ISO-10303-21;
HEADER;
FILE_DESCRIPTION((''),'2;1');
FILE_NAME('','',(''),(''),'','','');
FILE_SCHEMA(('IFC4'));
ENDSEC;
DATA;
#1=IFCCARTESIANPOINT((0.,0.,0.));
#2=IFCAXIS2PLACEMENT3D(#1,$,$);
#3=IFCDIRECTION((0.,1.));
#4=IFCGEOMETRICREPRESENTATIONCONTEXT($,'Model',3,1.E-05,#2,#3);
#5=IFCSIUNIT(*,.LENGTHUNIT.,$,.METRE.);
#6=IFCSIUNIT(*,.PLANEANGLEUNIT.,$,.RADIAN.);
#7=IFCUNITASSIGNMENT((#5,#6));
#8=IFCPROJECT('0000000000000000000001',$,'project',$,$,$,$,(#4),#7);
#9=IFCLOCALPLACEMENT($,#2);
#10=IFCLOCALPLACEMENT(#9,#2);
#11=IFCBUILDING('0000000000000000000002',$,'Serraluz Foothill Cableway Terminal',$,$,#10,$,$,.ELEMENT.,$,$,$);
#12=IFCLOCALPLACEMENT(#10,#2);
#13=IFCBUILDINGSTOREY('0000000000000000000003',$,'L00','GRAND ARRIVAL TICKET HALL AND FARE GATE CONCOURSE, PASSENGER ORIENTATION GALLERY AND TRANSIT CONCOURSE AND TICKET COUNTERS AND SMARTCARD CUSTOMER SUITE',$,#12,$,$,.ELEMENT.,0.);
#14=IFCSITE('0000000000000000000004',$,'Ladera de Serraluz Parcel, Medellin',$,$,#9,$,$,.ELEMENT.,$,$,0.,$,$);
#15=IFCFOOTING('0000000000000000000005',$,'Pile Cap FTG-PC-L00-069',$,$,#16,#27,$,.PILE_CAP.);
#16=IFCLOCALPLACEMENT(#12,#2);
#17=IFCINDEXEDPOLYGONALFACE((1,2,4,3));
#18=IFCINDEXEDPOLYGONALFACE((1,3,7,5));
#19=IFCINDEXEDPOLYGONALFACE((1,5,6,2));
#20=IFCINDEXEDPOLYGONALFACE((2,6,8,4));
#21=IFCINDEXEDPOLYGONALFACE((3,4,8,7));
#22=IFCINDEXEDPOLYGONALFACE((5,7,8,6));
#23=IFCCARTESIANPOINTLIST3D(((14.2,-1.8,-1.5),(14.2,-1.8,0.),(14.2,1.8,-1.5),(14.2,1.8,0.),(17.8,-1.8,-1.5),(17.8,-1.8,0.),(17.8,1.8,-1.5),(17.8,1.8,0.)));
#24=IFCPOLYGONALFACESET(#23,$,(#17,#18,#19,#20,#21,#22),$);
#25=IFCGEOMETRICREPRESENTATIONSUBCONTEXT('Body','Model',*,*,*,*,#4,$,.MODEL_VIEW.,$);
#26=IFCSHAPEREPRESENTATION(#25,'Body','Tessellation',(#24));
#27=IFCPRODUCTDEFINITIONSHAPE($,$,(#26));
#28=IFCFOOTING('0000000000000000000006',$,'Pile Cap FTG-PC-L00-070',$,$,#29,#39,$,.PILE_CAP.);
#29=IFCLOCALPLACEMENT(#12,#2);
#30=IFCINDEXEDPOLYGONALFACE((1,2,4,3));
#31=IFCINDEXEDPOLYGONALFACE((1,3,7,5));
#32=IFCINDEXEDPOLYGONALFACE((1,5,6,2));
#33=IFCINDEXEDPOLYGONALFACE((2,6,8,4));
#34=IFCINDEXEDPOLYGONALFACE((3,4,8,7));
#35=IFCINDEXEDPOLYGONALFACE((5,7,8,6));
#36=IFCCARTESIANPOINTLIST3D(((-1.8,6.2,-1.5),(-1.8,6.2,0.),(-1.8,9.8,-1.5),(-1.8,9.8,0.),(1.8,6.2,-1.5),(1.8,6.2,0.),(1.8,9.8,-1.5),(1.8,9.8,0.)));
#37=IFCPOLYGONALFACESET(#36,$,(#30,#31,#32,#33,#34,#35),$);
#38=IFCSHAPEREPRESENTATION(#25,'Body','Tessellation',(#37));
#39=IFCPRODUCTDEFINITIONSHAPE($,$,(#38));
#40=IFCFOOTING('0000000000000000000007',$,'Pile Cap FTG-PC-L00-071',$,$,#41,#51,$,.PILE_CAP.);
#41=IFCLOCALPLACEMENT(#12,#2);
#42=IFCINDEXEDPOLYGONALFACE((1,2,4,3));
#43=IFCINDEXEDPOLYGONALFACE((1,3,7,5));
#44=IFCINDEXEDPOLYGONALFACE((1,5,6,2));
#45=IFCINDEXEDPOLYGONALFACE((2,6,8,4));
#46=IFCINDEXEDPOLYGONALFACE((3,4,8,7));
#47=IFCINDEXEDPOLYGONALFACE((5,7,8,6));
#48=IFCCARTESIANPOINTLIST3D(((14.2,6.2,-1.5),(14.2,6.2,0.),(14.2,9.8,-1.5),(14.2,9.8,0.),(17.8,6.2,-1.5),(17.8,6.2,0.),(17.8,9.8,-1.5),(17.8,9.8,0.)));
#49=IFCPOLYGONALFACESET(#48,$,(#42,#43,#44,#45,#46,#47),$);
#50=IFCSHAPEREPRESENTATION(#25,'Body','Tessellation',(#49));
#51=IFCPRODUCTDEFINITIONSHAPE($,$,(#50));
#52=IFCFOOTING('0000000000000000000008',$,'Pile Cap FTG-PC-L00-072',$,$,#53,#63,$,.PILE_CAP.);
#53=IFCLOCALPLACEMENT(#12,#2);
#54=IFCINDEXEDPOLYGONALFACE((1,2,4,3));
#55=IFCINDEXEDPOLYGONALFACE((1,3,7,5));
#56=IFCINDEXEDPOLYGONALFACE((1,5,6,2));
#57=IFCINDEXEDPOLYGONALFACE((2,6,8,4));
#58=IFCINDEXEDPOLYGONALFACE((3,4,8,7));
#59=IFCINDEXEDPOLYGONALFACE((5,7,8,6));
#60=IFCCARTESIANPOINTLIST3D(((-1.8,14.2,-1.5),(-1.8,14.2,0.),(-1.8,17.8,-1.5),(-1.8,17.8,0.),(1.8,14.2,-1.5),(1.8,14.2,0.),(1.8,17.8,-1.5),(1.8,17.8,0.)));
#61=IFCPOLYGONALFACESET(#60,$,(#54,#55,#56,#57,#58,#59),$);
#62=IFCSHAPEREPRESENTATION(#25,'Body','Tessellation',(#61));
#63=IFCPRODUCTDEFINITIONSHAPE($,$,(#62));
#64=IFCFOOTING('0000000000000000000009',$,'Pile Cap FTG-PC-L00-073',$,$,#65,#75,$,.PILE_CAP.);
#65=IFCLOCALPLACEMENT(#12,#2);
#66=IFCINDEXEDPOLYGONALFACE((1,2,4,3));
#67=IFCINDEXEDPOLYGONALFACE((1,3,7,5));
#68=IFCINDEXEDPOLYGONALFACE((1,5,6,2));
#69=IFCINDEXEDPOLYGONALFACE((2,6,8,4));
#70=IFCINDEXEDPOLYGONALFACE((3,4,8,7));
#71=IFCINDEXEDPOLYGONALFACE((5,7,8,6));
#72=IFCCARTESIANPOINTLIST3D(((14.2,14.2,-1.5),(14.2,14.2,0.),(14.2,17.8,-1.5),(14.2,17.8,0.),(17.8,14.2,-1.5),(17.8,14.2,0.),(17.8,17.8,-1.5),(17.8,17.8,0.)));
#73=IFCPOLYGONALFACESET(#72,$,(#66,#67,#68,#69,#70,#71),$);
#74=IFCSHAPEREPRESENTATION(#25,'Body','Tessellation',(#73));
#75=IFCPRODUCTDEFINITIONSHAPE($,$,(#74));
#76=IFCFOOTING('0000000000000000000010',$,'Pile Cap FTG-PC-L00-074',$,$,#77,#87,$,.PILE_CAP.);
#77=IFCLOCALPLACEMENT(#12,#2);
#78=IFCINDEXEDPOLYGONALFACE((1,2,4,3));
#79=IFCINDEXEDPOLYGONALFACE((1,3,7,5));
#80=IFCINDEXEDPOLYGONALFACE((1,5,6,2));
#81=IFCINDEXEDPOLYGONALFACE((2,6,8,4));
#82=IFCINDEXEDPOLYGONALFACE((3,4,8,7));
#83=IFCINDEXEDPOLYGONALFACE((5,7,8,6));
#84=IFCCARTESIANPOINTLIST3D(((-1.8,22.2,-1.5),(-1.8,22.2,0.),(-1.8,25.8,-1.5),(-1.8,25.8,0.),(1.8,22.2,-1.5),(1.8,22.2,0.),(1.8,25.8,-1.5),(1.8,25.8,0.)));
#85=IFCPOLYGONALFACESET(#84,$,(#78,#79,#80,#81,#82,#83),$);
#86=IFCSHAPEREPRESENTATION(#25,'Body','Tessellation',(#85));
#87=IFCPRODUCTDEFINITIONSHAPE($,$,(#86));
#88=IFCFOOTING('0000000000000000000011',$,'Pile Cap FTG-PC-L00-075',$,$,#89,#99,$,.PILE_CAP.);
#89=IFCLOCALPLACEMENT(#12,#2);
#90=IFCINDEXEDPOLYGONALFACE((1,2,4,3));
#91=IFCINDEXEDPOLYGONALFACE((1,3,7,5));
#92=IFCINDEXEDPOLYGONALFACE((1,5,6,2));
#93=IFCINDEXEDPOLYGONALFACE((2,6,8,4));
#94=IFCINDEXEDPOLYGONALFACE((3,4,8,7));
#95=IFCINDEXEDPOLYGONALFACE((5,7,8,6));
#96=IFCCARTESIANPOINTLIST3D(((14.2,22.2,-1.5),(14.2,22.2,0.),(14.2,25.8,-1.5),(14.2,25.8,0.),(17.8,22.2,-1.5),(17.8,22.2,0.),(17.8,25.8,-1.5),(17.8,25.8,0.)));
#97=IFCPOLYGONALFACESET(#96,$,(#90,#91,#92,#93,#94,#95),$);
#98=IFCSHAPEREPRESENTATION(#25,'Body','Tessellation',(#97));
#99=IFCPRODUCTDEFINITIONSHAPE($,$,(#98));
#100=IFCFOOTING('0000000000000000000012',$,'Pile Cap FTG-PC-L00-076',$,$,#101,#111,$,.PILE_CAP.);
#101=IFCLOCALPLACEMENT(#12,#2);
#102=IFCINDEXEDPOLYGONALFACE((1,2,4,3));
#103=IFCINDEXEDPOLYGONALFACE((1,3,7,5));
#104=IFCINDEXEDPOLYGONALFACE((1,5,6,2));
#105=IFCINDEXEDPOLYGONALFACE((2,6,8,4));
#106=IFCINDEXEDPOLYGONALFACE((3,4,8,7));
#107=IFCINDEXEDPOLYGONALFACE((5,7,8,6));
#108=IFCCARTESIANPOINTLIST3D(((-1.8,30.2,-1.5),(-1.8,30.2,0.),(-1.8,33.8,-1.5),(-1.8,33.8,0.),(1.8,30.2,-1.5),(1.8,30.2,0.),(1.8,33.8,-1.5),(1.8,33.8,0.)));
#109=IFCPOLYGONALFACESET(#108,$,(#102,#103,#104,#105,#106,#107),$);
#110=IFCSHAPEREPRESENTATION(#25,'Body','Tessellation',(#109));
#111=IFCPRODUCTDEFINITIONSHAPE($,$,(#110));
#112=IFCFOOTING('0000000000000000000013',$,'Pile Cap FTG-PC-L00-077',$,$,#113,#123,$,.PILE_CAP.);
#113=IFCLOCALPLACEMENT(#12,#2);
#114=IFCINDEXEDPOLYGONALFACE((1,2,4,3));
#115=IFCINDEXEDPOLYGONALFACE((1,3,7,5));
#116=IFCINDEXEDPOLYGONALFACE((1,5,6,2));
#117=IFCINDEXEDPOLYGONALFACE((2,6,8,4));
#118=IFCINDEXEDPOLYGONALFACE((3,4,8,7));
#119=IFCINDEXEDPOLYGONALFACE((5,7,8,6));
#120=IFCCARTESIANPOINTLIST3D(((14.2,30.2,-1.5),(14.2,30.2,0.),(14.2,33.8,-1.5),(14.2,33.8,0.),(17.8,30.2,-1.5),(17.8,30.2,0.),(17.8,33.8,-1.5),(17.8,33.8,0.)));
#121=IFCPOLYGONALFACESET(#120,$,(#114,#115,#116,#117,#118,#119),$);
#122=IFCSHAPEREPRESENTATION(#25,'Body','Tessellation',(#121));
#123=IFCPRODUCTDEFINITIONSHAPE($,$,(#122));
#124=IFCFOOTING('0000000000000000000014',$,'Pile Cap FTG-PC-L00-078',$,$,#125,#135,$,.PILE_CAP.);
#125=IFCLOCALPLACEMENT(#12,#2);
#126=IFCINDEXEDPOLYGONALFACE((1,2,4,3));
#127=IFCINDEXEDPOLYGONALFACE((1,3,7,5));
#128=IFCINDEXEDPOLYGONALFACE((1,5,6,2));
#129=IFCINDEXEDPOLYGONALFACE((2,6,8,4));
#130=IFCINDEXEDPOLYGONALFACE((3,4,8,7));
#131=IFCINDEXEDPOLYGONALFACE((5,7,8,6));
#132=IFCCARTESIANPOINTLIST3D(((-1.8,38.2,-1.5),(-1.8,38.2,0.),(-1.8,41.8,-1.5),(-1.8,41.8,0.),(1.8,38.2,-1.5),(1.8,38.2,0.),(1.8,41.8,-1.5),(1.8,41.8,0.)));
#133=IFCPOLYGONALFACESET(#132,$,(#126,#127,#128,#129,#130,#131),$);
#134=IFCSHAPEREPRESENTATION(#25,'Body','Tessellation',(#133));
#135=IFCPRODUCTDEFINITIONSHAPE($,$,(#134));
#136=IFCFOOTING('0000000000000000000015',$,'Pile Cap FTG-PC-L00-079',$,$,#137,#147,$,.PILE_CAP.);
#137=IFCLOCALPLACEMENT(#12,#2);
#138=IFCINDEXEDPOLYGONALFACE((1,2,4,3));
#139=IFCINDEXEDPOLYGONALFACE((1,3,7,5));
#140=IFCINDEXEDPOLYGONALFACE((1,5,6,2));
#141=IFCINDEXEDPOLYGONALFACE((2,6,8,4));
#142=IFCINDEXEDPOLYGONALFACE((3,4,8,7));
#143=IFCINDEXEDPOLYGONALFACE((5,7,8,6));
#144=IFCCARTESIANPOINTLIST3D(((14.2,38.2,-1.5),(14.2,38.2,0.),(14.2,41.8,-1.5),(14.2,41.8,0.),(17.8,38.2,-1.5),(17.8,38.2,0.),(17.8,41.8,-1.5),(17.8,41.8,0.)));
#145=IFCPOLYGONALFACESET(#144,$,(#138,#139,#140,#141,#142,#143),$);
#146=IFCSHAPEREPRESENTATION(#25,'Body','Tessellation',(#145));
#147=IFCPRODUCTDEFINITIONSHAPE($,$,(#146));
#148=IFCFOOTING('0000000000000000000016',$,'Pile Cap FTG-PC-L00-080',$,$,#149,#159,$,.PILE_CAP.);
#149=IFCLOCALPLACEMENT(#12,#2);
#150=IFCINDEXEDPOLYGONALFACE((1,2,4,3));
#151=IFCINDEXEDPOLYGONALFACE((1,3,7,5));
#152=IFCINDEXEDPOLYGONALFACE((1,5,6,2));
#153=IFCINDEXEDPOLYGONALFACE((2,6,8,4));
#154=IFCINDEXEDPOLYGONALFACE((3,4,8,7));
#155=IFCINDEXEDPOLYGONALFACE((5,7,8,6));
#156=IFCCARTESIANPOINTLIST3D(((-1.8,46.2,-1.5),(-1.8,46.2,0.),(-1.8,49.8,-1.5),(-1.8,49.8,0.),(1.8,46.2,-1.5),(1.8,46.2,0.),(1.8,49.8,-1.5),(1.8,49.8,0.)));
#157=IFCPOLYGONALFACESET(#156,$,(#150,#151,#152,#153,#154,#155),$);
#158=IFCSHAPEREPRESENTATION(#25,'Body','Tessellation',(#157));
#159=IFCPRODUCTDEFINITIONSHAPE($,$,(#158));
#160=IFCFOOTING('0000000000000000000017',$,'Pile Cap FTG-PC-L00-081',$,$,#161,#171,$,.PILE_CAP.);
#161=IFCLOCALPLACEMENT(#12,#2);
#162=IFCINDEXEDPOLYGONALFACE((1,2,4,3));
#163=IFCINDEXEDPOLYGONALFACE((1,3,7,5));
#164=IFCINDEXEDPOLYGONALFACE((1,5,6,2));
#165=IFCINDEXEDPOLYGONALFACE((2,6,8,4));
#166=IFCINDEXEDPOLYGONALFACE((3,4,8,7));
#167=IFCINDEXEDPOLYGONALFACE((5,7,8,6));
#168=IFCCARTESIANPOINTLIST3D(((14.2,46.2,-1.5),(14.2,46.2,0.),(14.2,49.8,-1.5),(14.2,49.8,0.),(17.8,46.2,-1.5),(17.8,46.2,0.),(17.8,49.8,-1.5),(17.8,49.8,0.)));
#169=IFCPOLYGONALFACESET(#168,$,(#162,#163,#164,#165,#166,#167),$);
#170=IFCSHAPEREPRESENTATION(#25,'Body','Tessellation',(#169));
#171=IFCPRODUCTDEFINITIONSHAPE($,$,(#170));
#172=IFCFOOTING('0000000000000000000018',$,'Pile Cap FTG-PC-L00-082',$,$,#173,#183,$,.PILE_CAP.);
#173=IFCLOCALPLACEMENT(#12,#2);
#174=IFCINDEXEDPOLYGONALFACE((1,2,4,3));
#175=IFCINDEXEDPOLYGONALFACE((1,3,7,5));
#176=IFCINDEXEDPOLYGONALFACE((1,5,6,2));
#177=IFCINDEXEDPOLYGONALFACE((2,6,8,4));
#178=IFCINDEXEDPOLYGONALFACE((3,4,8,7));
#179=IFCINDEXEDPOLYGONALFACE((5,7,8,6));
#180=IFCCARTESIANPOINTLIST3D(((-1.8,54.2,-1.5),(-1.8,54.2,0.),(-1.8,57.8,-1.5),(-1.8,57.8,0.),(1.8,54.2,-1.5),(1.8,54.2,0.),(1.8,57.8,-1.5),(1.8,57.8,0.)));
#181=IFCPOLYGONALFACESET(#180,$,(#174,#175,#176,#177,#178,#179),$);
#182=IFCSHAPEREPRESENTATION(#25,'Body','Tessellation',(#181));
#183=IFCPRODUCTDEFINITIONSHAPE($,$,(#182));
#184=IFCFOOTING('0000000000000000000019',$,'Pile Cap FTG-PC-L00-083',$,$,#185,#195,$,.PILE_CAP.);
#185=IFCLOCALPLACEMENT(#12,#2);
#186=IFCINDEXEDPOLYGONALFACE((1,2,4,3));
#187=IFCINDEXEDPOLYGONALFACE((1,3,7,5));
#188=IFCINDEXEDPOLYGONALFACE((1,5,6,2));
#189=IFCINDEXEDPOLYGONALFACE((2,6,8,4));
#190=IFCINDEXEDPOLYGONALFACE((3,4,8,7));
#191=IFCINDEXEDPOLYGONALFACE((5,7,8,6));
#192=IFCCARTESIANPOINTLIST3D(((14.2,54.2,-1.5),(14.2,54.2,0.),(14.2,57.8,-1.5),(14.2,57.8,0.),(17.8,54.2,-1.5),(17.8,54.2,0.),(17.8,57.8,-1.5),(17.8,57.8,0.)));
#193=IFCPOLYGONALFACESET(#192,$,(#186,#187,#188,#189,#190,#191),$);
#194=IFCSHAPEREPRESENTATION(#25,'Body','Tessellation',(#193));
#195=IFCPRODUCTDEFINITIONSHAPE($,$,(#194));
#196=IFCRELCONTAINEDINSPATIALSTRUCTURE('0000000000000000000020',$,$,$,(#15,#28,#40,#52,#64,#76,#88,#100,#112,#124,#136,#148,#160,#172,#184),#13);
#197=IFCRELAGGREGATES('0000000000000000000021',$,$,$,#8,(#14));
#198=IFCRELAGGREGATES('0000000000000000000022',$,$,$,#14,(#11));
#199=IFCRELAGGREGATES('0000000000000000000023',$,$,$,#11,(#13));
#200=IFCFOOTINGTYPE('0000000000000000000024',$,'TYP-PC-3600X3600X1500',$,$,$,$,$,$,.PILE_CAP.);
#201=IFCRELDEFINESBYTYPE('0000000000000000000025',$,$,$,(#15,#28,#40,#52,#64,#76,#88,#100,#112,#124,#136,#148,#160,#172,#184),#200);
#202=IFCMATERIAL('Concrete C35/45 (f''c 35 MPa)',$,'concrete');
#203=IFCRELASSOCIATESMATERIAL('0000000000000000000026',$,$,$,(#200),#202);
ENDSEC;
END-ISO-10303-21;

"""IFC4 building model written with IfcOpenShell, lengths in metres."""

from ifc_helpers import new_model, si_unit, direction, frame, origin, place, context, subcontext, project, spatial, polyline, outline, extrude, material, type_object, element, save


model = new_model("IFC4")

# Units and contexts
model_context = context("Model", 3, precision=1e-05, world=origin(), true_north=direction((0.0, 1.0)))
body_context = subcontext(model_context, "Body", "Model", "MODEL_VIEW")
ifc_project = project(units=[si_unit("LENGTHUNIT", "METRE"), si_unit("PLANEANGLEUNIT", "RADIAN")], contexts=[model_context])

# Site, building, storey
site_placement = place(None, origin())
site = spatial("IfcSite", under=ifc_project, at=site_placement, Name="Ladera de Serraluz Parcel, Medellin", CompositionType="ELEMENT", RefElevation=0.0)
building_placement = place(site_placement, origin())
building = spatial("IfcBuilding", under=site, at=building_placement, Name="Serraluz Foothill Cableway Terminal", CompositionType="ELEMENT")
storey_placement = place(building_placement, origin())
storey = spatial("IfcBuildingStorey", under=building, at=storey_placement, Name="L00", Description="GRAND ARRIVAL TICKET HALL AND FARE GATE CONCOURSE, PASSENGER ORIENTATION GALLERY AND TRANSIT CONCOURSE AND TICKET COUNTERS AND SMARTCARD CUSTOMER SUITE", CompositionType="ELEMENT", Elevation=0.0)

# Footings
ifc_material_1 = material(Name="Concrete C35/45 (f'c 35 MPa)", Category="concrete")
footing_type_1 = type_object("IfcFootingType", Name="TYP-PC-3600X3600X1500", PredefinedType="PILE_CAP", material=ifc_material_1)
footing_1_placement = place(storey_placement, frame((0.0, 0.0, -1.5)))
element("IfcFooting", 1, at=footing_1_placement, inside=storey, type_object=footing_type_1, Name="Pile Cap FTG-PC-L00-069", PredefinedType="PILE_CAP", context=body_context, shape_type="SweptSolid", body=[
    extrude(outline(polyline([(14.2, -1.8), (17.8, -1.8), (17.8, 1.8), (14.2, 1.8), (14.2, -1.8)])), origin(), (0.0, 0.0, 1.0), 1.5),
])
footing_2_placement = place(storey_placement, frame((0.0, 0.0, -1.5)))
element("IfcFooting", 2, at=footing_2_placement, inside=storey, type_object=footing_type_1, Name="Pile Cap FTG-PC-L00-070", PredefinedType="PILE_CAP", context=body_context, shape_type="SweptSolid", body=[
    extrude(outline(polyline([(-1.8, 6.2), (1.8, 6.2), (1.8, 9.8), (-1.8, 9.8), (-1.8, 6.2)])), origin(), (0.0, 0.0, 1.0), 1.5),
])
footing_3_placement = place(storey_placement, frame((0.0, 0.0, -1.5)))
element("IfcFooting", 3, at=footing_3_placement, inside=storey, type_object=footing_type_1, Name="Pile Cap FTG-PC-L00-071", PredefinedType="PILE_CAP", context=body_context, shape_type="SweptSolid", body=[
    extrude(outline(polyline([(14.2, 6.2), (17.8, 6.2), (17.8, 9.8), (14.2, 9.8), (14.2, 6.2)])), origin(), (0.0, 0.0, 1.0), 1.5),
])
footing_4_placement = place(storey_placement, frame((0.0, 0.0, -1.5)))
element("IfcFooting", 4, at=footing_4_placement, inside=storey, type_object=footing_type_1, Name="Pile Cap FTG-PC-L00-072", PredefinedType="PILE_CAP", context=body_context, shape_type="SweptSolid", body=[
    extrude(outline(polyline([(-1.8, 14.2), (1.8, 14.2), (1.8, 17.8), (-1.8, 17.8), (-1.8, 14.2)])), origin(), (0.0, 0.0, 1.0), 1.5),
])
footing_5_placement = place(storey_placement, frame((0.0, 0.0, -1.5)))
element("IfcFooting", 5, at=footing_5_placement, inside=storey, type_object=footing_type_1, Name="Pile Cap FTG-PC-L00-073", PredefinedType="PILE_CAP", context=body_context, shape_type="SweptSolid", body=[
    extrude(outline(polyline([(14.2, 14.2), (17.8, 14.2), (17.8, 17.8), (14.2, 17.8), (14.2, 14.2)])), origin(), (0.0, 0.0, 1.0), 1.5),
])
footing_6_placement = place(storey_placement, frame((0.0, 0.0, -1.5)))
element("IfcFooting", 6, at=footing_6_placement, inside=storey, type_object=footing_type_1, Name="Pile Cap FTG-PC-L00-074", PredefinedType="PILE_CAP", context=body_context, shape_type="SweptSolid", body=[
    extrude(outline(polyline([(-1.8, 22.2), (1.8, 22.2), (1.8, 25.8), (-1.8, 25.8), (-1.8, 22.2)])), origin(), (0.0, 0.0, 1.0), 1.5),
])
footing_7_placement = place(storey_placement, frame((0.0, 0.0, -1.5)))
element("IfcFooting", 7, at=footing_7_placement, inside=storey, type_object=footing_type_1, Name="Pile Cap FTG-PC-L00-075", PredefinedType="PILE_CAP", context=body_context, shape_type="SweptSolid", body=[
    extrude(outline(polyline([(14.2, 22.2), (17.8, 22.2), (17.8, 25.8), (14.2, 25.8), (14.2, 22.2)])), origin(), (0.0, 0.0, 1.0), 1.5),
])
footing_8_placement = place(storey_placement, frame((0.0, 0.0, -1.5)))
element("IfcFooting", 8, at=footing_8_placement, inside=storey, type_object=footing_type_1, Name="Pile Cap FTG-PC-L00-076", PredefinedType="PILE_CAP", context=body_context, shape_type="SweptSolid", body=[
    extrude(outline(polyline([(-1.8, 30.2), (1.8, 30.2), (1.8, 33.8), (-1.8, 33.8), (-1.8, 30.2)])), origin(), (0.0, 0.0, 1.0), 1.5),
])
footing_9_placement = place(storey_placement, frame((0.0, 0.0, -1.5)))
element("IfcFooting", 9, at=footing_9_placement, inside=storey, type_object=footing_type_1, Name="Pile Cap FTG-PC-L00-077", PredefinedType="PILE_CAP", context=body_context, shape_type="SweptSolid", body=[
    extrude(outline(polyline([(14.2, 30.2), (17.8, 30.2), (17.8, 33.8), (14.2, 33.8), (14.2, 30.2)])), origin(), (0.0, 0.0, 1.0), 1.5),
])
footing_10_placement = place(storey_placement, frame((0.0, 0.0, -1.5)))
element("IfcFooting", 10, at=footing_10_placement, inside=storey, type_object=footing_type_1, Name="Pile Cap FTG-PC-L00-078", PredefinedType="PILE_CAP", context=body_context, shape_type="SweptSolid", body=[
    extrude(outline(polyline([(-1.8, 38.2), (1.8, 38.2), (1.8, 41.8), (-1.8, 41.8), (-1.8, 38.2)])), origin(), (0.0, 0.0, 1.0), 1.5),
])
footing_11_placement = place(storey_placement, frame((0.0, 0.0, -1.5)))
element("IfcFooting", 11, at=footing_11_placement, inside=storey, type_object=footing_type_1, Name="Pile Cap FTG-PC-L00-079", PredefinedType="PILE_CAP", context=body_context, shape_type="SweptSolid", body=[
    extrude(outline(polyline([(14.2, 38.2), (17.8, 38.2), (17.8, 41.8), (14.2, 41.8), (14.2, 38.2)])), origin(), (0.0, 0.0, 1.0), 1.5),
])
footing_12_placement = place(storey_placement, frame((0.0, 0.0, -1.5)))
element("IfcFooting", 12, at=footing_12_placement, inside=storey, type_object=footing_type_1, Name="Pile Cap FTG-PC-L00-080", PredefinedType="PILE_CAP", context=body_context, shape_type="SweptSolid", body=[
    extrude(outline(polyline([(-1.8, 46.2), (1.8, 46.2), (1.8, 49.8), (-1.8, 49.8), (-1.8, 46.2)])), origin(), (0.0, 0.0, 1.0), 1.5),
])
footing_13_placement = place(storey_placement, frame((0.0, 0.0, -1.5)))
element("IfcFooting", 13, at=footing_13_placement, inside=storey, type_object=footing_type_1, Name="Pile Cap FTG-PC-L00-081", PredefinedType="PILE_CAP", context=body_context, shape_type="SweptSolid", body=[
    extrude(outline(polyline([(14.2, 46.2), (17.8, 46.2), (17.8, 49.8), (14.2, 49.8), (14.2, 46.2)])), origin(), (0.0, 0.0, 1.0), 1.5),
])
footing_14_placement = place(storey_placement, frame((0.0, 0.0, -1.5)))
element("IfcFooting", 14, at=footing_14_placement, inside=storey, type_object=footing_type_1, Name="Pile Cap FTG-PC-L00-082", PredefinedType="PILE_CAP", context=body_context, shape_type="SweptSolid", body=[
    extrude(outline(polyline([(-1.8, 54.2), (1.8, 54.2), (1.8, 57.8), (-1.8, 57.8), (-1.8, 54.2)])), origin(), (0.0, 0.0, 1.0), 1.5),
])
footing_15_placement = place(storey_placement, frame((0.0, 0.0, -1.5)))
element("IfcFooting", 15, at=footing_15_placement, inside=storey, type_object=footing_type_1, Name="Pile Cap FTG-PC-L00-083", PredefinedType="PILE_CAP", context=body_context, shape_type="SweptSolid", body=[
    extrude(outline(polyline([(14.2, 54.2), (17.8, 54.2), (17.8, 57.8), (14.2, 57.8), (14.2, 54.2)])), origin(), (0.0, 0.0, 1.0), 1.5),
])

save(model, "model.ifc")
